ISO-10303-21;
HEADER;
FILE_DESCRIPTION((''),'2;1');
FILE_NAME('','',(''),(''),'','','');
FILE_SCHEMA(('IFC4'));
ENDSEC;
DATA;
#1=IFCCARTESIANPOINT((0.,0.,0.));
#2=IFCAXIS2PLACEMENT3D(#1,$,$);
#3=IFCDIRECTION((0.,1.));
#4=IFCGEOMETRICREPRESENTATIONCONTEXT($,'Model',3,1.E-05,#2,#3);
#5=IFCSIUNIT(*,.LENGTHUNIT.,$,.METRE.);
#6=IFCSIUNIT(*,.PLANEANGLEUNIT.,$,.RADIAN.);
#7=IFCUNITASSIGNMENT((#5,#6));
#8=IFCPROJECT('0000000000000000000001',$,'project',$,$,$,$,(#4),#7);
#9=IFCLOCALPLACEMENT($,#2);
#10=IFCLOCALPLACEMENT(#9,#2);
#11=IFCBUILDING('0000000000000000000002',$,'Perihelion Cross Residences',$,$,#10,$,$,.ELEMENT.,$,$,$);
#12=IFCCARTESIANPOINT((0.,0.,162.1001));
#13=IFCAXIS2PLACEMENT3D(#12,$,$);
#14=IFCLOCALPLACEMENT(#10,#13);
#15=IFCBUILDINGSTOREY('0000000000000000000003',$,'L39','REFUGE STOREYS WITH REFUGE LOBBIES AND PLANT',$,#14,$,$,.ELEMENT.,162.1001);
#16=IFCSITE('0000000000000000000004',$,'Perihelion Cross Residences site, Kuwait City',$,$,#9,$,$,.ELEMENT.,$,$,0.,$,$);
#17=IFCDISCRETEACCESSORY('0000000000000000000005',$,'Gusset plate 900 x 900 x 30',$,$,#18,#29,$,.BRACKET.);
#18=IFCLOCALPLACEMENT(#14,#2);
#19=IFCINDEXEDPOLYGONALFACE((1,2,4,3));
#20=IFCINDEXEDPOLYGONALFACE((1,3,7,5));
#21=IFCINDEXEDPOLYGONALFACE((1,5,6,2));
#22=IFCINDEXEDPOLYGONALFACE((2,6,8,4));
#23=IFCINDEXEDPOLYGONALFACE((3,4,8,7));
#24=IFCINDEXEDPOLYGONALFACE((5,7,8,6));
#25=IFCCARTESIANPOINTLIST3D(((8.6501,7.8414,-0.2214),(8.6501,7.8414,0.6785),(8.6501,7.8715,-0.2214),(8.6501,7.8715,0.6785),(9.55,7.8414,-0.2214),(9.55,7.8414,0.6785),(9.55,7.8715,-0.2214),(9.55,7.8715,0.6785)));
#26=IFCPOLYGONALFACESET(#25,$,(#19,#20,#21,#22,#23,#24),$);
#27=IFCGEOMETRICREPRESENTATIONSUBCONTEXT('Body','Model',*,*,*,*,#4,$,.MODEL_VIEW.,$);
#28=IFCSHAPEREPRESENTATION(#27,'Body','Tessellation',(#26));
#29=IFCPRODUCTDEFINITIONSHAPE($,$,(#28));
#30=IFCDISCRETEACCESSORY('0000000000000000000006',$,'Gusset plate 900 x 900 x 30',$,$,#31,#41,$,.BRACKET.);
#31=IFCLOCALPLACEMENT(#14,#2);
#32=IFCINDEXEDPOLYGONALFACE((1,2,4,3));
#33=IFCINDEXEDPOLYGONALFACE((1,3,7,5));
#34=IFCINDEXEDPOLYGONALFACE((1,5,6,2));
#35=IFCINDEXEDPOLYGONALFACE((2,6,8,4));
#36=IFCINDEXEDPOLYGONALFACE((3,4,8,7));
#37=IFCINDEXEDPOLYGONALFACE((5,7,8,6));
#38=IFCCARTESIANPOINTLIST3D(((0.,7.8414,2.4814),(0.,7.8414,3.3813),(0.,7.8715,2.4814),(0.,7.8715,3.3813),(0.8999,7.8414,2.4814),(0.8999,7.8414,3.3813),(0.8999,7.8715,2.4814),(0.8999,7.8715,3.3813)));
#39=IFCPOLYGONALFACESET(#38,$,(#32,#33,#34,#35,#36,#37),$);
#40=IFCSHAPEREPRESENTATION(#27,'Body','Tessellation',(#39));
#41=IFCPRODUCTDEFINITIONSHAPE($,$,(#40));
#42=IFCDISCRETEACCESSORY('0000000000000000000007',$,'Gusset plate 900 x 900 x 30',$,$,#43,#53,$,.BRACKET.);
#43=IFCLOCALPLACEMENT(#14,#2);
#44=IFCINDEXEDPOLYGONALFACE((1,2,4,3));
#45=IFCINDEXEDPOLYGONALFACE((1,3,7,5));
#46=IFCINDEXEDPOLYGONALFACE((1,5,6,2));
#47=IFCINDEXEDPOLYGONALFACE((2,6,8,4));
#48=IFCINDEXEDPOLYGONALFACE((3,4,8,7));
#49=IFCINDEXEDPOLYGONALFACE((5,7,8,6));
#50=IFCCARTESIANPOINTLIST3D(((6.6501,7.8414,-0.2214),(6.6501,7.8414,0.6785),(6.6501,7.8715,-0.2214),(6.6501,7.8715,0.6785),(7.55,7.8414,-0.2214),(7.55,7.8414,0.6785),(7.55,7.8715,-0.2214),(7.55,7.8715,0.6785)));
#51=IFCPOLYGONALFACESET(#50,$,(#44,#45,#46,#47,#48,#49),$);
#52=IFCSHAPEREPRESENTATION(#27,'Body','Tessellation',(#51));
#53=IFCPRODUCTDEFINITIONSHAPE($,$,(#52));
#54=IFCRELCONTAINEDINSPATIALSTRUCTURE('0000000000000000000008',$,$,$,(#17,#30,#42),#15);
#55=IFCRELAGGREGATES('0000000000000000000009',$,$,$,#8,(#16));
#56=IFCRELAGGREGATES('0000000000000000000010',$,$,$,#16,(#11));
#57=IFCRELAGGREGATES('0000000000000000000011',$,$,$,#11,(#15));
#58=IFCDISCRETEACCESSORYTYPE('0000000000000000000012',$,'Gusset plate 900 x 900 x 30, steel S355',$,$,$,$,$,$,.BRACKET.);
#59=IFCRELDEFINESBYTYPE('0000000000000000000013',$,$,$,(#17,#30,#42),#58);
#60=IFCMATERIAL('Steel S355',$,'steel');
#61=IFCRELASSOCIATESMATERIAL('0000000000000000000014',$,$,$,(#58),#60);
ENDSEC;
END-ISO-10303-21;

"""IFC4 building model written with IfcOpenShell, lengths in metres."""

from ifc_helpers import new_model, si_unit, direction, frame, origin, origin_2d, place, context, subcontext, project, spatial, rectangle, extrude, material, type_object, element, save


model = new_model("IFC4")

# Units and contexts
model_context = context("Model", 3, precision=1e-05, world=origin(), true_north=direction((0.0, 1.0)))
body_context = subcontext(model_context, "Body", "Model", "MODEL_VIEW")
ifc_project = project(units=[si_unit("LENGTHUNIT", "METRE"), si_unit("PLANEANGLEUNIT", "RADIAN")], contexts=[model_context])

# Site, building, storey
site_placement = place(None, origin())
site = spatial("IfcSite", under=ifc_project, at=site_placement, Name="Perihelion Cross Residences site, Kuwait City", CompositionType="ELEMENT", RefElevation=0.0)
building_placement = place(site_placement, origin())
building = spatial("IfcBuilding", under=site, at=building_placement, Name="Perihelion Cross Residences", CompositionType="ELEMENT")
storey_placement = place(building_placement, frame((0.0, 0.0, 162.1001)))
storey = spatial("IfcBuildingStorey", under=building, at=storey_placement, Name="L39", Description="REFUGE STOREYS WITH REFUGE LOBBIES AND PLANT", CompositionType="ELEMENT", Elevation=162.1001)

# Discrete accessories
ifc_material_1 = material(Name="Steel S355", Category="steel")
discrete_accessory_type = type_object("IfcDiscreteAccessoryType", Name="Gusset plate 900 x 900 x 30, steel S355", PredefinedType="BRACKET", material=ifc_material_1)
for number, where, z_axis, x_axis, name in (
    (1, (9.1001, 7.8564, -0.2214), (0.0, 0.0, 1.0), (1.0, 0.0, 0.0), "Gusset plate 900 x 900 x 30"),
    (2, (0.45, 7.8564, 2.4814), (0.0, 0.0, 1.0), (1.0, 0.0, 0.0), "Gusset plate 900 x 900 x 30"),
    (3, (7.1001, 7.8564, -0.2214), (0.0, 0.0, 1.0), (-1.0, 0.0, 0.0), "Gusset plate 900 x 900 x 30"),
):
    element("IfcDiscreteAccessory", number, at=place(storey_placement, frame(where, z_axis=z_axis, x_axis=x_axis)), inside=storey, type_object=discrete_accessory_type, Name=name, PredefinedType="BRACKET", context=body_context, shape_type="SweptSolid", body=[
        extrude(rectangle(XDim=0.8999, YDim=0.03, at=origin_2d()), origin(), (0.0, 0.0, 1.0), 0.8999),
    ])

save(model, "model.ifc")
